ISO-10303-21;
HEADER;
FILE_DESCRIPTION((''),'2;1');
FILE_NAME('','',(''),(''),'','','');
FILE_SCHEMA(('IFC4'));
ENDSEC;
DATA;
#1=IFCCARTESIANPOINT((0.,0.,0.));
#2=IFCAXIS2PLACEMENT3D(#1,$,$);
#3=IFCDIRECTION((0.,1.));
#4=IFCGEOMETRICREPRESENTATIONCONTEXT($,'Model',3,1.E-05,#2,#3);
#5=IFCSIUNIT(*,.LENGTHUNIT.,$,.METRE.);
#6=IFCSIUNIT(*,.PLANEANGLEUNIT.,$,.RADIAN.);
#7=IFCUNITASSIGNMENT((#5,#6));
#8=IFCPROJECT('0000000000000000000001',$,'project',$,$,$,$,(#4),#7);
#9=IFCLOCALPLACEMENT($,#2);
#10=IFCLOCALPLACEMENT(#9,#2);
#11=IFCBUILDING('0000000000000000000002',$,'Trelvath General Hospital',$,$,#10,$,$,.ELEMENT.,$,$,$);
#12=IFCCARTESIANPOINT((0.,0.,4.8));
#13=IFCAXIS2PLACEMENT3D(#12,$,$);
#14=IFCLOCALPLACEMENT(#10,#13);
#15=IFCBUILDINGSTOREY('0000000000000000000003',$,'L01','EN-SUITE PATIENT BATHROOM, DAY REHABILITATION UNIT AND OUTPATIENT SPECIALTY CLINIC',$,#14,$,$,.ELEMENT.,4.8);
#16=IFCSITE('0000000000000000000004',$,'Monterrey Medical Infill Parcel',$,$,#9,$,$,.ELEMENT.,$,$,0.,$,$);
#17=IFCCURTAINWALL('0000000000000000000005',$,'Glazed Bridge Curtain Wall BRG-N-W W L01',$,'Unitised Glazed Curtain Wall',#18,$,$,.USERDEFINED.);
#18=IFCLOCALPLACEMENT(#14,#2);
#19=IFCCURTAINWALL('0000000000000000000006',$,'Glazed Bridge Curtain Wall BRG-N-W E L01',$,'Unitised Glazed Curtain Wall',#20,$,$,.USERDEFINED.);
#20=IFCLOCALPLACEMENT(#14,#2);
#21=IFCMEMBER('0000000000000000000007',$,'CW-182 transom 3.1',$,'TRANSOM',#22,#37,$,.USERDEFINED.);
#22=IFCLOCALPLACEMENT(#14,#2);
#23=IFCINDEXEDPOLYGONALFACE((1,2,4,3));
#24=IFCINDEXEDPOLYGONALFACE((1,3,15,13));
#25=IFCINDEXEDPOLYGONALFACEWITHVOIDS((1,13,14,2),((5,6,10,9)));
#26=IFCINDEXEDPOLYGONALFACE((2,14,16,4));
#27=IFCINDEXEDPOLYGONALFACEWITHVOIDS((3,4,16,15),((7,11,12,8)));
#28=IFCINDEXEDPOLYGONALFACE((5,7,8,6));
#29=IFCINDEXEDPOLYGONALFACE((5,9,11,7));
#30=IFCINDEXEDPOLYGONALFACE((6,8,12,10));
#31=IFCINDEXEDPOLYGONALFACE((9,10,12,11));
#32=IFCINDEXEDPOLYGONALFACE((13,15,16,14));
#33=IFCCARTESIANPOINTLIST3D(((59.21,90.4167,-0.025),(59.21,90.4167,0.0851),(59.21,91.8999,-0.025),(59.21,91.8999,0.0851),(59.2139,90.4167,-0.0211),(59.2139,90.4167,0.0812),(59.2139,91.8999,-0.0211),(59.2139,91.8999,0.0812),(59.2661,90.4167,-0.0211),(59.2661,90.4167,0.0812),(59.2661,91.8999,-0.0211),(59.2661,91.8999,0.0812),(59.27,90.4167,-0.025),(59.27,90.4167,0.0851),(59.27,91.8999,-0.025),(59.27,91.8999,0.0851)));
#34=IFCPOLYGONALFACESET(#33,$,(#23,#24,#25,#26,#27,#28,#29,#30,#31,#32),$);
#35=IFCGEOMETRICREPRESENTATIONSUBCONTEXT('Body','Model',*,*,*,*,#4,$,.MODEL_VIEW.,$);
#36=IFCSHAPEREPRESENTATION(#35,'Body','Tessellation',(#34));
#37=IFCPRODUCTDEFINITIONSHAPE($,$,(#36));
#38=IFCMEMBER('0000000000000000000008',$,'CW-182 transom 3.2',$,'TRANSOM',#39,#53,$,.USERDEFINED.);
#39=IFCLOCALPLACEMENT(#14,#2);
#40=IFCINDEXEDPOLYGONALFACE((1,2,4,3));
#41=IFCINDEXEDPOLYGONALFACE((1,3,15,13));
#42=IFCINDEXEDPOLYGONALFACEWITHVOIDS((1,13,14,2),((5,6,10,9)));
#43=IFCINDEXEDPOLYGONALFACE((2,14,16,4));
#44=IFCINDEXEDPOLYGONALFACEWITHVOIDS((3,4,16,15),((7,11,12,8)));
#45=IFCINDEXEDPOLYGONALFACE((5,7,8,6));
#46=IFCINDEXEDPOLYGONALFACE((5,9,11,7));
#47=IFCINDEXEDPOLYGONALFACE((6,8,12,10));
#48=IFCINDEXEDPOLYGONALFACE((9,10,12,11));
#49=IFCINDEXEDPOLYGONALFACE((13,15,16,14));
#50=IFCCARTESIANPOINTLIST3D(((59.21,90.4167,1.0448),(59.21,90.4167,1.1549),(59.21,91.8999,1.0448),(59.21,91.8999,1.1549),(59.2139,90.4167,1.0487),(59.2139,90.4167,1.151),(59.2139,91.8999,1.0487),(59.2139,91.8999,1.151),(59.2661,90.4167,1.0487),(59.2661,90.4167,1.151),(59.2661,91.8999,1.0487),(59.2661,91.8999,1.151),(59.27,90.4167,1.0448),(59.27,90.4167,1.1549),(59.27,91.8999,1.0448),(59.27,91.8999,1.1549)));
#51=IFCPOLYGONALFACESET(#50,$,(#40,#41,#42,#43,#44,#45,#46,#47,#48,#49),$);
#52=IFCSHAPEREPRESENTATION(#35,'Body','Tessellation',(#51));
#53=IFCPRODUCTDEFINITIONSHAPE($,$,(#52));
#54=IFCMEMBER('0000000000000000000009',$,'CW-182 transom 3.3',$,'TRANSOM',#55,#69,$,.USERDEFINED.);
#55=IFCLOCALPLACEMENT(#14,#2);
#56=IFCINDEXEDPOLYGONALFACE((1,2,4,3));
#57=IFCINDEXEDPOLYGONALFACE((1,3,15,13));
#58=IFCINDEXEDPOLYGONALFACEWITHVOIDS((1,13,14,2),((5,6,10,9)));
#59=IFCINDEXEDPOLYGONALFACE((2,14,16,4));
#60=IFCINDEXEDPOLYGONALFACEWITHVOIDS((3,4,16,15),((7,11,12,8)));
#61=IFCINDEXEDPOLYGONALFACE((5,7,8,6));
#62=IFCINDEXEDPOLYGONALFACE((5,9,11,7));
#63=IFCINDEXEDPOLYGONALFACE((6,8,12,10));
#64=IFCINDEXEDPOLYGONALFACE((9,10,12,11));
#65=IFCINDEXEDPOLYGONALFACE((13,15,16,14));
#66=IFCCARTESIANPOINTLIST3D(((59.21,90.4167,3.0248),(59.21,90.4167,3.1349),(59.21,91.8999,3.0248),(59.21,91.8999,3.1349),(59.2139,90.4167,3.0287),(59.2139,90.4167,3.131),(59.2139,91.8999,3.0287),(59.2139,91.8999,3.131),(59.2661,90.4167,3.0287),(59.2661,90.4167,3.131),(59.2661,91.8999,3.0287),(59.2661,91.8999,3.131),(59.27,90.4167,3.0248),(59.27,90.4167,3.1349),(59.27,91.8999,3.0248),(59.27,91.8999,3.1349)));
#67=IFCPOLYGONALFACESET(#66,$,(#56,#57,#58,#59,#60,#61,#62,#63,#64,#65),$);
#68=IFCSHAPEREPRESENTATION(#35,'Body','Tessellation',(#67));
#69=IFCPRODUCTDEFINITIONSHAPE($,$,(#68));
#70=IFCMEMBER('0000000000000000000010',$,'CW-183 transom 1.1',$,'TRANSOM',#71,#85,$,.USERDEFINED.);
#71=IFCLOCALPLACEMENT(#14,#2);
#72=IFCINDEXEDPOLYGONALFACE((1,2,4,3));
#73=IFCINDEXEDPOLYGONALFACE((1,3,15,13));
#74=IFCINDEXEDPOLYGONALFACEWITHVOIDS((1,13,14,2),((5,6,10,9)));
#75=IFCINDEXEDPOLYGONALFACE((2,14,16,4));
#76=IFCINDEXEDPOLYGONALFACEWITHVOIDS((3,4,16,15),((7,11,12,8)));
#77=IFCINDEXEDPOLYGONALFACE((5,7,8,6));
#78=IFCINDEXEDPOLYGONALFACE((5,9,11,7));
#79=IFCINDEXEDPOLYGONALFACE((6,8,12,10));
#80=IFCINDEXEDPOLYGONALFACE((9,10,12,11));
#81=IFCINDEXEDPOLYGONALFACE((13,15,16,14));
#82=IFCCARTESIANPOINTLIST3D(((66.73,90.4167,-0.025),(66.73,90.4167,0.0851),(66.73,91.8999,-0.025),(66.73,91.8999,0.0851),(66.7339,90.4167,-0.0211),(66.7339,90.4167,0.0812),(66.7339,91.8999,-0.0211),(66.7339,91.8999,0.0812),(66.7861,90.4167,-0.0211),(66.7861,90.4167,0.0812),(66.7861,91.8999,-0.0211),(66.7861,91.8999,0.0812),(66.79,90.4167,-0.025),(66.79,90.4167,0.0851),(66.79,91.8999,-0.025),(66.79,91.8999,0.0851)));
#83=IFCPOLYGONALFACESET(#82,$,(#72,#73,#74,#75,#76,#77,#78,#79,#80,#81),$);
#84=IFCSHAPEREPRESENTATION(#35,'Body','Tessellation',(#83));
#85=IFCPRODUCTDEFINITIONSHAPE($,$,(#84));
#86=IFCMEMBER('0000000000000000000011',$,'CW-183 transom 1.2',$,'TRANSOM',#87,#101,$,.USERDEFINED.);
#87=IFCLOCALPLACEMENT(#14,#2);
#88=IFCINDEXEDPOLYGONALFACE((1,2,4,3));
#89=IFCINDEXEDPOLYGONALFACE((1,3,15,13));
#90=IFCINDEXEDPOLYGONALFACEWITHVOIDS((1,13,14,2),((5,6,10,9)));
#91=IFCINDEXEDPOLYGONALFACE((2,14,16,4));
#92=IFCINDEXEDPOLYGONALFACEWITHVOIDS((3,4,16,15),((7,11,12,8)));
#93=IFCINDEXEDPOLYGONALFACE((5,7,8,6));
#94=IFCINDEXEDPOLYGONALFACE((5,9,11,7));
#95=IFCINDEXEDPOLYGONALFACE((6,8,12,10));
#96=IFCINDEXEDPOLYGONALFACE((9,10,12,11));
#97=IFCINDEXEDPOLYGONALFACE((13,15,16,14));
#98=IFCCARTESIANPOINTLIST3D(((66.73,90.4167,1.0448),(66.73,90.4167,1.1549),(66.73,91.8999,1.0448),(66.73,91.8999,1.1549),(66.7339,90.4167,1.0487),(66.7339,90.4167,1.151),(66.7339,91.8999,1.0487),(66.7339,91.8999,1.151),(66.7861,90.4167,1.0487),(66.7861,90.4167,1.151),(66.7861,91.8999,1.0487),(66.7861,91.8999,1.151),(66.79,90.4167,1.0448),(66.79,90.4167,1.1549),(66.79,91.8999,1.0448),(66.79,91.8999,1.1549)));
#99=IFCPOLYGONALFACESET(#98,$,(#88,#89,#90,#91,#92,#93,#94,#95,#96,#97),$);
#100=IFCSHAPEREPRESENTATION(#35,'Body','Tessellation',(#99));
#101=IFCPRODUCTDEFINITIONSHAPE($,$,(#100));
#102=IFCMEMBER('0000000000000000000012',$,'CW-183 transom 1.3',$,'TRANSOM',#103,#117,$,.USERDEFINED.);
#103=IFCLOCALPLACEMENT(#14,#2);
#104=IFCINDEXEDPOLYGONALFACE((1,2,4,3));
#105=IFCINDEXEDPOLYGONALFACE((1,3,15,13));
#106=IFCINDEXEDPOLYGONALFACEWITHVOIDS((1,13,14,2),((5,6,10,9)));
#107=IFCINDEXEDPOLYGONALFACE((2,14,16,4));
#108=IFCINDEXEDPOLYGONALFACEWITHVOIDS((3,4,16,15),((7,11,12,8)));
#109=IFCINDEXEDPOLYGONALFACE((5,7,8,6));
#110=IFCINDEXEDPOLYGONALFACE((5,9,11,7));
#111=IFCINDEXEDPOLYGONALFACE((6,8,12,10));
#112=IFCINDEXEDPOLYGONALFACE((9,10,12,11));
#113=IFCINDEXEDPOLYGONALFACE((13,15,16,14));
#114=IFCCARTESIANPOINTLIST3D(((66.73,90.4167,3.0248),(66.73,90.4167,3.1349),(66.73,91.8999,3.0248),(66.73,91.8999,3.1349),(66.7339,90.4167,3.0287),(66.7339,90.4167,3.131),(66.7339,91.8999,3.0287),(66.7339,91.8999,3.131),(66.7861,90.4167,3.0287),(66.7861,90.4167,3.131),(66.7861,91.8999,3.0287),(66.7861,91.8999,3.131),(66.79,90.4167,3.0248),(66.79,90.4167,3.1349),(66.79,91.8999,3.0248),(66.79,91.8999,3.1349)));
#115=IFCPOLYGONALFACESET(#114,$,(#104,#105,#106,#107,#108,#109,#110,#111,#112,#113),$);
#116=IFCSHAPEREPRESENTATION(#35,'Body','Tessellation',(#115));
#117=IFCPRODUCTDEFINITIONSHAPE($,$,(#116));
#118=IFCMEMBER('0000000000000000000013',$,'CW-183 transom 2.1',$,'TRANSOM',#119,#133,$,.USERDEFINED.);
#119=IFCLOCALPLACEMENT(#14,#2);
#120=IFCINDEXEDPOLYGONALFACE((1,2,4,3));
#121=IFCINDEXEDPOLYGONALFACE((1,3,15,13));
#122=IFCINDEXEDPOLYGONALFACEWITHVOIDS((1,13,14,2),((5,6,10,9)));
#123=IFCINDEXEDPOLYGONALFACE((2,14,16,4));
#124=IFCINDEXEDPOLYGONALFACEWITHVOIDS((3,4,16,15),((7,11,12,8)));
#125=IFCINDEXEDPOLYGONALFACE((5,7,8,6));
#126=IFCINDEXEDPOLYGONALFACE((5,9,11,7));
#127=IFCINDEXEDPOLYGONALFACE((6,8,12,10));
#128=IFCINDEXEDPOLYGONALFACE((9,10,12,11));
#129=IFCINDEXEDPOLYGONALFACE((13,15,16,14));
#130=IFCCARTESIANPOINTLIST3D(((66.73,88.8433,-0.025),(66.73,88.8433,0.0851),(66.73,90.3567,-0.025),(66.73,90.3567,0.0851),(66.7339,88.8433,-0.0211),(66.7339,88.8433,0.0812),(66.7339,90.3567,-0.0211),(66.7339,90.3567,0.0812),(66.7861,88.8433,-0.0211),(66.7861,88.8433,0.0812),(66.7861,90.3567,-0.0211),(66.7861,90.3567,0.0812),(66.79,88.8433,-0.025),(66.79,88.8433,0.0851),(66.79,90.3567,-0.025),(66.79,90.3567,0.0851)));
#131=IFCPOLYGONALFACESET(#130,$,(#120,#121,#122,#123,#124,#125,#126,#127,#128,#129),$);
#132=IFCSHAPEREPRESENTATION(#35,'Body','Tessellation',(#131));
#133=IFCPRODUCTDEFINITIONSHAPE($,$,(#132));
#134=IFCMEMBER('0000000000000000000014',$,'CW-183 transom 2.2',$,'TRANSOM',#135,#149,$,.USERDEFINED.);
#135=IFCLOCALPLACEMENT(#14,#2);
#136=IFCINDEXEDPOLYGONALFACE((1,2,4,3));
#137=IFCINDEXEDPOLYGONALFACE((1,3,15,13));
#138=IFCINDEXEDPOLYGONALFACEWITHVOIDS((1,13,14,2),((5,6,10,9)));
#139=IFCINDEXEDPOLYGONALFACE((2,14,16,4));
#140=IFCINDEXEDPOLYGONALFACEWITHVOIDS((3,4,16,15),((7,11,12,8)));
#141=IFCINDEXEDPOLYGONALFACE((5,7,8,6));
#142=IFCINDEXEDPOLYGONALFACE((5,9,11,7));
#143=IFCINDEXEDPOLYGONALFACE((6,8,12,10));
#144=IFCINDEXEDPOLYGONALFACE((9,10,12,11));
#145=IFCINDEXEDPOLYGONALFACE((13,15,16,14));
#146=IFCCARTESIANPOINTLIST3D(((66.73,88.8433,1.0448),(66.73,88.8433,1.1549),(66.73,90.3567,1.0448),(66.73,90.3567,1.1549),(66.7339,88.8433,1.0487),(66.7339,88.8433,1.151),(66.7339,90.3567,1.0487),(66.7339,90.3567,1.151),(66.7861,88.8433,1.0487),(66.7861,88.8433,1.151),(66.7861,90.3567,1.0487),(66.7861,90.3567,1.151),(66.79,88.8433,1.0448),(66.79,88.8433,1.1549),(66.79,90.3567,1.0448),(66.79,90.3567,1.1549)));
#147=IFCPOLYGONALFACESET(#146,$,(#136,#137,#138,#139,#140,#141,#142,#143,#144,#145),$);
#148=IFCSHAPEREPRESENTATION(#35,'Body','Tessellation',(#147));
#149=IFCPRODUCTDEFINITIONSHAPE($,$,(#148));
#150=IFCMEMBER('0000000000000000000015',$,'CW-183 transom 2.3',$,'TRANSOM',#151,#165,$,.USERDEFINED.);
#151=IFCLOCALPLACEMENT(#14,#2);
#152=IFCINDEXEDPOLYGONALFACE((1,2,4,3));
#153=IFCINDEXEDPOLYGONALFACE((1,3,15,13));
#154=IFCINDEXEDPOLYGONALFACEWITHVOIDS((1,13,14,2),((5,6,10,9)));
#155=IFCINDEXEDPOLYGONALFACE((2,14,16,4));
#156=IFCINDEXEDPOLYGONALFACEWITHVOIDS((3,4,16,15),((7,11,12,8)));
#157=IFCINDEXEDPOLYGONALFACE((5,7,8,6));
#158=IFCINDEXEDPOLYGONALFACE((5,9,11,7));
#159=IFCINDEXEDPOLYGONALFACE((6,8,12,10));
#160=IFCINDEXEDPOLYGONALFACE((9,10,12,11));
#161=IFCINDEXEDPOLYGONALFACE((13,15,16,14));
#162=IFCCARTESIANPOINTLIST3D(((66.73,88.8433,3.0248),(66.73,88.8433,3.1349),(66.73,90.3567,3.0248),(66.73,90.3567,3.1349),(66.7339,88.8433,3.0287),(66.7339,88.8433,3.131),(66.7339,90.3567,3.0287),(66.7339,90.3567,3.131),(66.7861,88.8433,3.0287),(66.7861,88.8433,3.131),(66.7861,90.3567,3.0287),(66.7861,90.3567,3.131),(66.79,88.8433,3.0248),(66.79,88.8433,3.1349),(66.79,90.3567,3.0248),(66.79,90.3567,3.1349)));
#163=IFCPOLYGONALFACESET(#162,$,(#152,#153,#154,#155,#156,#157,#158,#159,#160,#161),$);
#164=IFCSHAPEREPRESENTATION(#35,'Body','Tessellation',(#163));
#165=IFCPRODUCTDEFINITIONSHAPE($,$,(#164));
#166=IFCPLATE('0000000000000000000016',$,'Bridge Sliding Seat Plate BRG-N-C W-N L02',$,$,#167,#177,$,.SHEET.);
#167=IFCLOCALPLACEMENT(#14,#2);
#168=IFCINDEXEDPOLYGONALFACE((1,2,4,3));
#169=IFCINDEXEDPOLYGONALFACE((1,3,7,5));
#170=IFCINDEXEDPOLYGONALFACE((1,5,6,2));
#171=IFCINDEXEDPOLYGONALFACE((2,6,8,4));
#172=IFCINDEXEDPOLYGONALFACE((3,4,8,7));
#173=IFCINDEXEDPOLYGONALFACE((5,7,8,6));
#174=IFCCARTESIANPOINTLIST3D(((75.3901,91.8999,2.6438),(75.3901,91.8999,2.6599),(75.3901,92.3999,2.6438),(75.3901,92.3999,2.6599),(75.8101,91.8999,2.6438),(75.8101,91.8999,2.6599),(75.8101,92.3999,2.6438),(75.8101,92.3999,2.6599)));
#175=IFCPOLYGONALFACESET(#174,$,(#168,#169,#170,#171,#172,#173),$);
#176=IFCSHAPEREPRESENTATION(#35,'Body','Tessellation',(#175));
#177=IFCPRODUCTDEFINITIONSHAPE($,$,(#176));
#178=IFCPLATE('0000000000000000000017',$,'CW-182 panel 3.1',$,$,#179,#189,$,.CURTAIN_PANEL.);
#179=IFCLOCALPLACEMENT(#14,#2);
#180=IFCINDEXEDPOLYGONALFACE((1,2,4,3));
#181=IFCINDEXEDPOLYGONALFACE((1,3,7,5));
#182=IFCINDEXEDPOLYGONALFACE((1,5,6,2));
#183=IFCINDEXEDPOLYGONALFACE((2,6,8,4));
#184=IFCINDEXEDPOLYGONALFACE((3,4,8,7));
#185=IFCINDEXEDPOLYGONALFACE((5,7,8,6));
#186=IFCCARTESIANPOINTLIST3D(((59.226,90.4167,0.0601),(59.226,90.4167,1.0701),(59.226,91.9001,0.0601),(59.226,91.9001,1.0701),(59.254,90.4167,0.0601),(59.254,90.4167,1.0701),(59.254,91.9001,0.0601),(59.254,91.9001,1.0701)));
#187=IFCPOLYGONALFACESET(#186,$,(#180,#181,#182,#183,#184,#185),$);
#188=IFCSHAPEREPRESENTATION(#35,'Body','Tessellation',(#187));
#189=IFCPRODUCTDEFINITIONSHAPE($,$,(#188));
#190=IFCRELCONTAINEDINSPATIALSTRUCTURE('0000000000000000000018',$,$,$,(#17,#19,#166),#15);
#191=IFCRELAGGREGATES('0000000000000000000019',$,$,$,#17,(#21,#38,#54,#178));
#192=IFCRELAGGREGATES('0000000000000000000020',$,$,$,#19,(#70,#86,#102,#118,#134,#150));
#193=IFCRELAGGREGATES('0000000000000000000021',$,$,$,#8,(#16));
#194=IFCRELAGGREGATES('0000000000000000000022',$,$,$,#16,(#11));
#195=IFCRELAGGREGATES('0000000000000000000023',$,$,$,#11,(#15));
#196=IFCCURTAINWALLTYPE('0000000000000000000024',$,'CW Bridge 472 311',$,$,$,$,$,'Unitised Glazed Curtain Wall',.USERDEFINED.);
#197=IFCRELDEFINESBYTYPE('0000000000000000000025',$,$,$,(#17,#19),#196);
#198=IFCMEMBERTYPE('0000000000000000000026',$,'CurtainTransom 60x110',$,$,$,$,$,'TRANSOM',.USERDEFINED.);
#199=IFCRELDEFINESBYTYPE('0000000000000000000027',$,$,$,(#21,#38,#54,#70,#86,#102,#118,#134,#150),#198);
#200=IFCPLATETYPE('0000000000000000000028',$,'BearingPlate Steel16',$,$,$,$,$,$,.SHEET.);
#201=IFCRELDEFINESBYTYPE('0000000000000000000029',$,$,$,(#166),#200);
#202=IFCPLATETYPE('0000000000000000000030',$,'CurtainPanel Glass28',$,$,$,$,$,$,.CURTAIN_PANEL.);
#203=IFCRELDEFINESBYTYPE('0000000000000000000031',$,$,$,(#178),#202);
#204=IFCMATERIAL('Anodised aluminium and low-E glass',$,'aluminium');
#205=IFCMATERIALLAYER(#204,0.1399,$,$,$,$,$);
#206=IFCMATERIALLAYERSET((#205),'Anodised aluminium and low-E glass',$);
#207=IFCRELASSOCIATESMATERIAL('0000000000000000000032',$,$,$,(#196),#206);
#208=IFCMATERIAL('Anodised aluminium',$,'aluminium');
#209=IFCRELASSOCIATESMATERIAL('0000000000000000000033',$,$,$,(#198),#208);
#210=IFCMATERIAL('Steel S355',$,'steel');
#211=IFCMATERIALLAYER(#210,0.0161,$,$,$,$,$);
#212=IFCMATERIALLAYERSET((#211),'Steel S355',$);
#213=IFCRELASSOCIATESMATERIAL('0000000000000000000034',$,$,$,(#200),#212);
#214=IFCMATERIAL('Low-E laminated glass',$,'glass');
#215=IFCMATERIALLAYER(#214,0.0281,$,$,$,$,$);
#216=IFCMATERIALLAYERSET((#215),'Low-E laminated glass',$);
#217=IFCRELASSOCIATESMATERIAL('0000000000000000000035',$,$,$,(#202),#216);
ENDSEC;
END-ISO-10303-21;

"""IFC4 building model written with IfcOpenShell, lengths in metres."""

from ifc_helpers import new_model, si_unit, direction, frame, origin, origin_2d, place, context, subcontext, project, spatial, rectangle, hollow_rectangle, extrude, material, layer, layer_set, material_profile, profile_set, type_object, element, aggregate, save


model = new_model("IFC4")

# Units and contexts
model_context = context("Model", 3, precision=1e-05, world=origin(), true_north=direction((0.0, 1.0)))
body_context = subcontext(model_context, "Body", "Model", "MODEL_VIEW")
ifc_project = project(units=[si_unit("LENGTHUNIT", "METRE"), si_unit("PLANEANGLEUNIT", "RADIAN")], contexts=[model_context])

# Site, building, storey
site_placement = place(None, origin())
site = spatial("IfcSite", under=ifc_project, at=site_placement, Name="Monterrey Medical Infill Parcel", CompositionType="ELEMENT", RefElevation=0.0)
building_placement = place(site_placement, origin())
building = spatial("IfcBuilding", under=site, at=building_placement, Name="Trelvath General Hospital", CompositionType="ELEMENT")
storey_placement = place(building_placement, frame((0.0, 0.0, 4.8)))
storey = spatial("IfcBuildingStorey", under=building, at=storey_placement, Name="L01", Description="EN-SUITE PATIENT BATHROOM, DAY REHABILITATION UNIT AND OUTPATIENT SPECIALTY CLINIC", CompositionType="ELEMENT", Elevation=4.8)

# Curtain walls
ifc_material_1 = material(Name="Anodised aluminium and low-E glass", Category="aluminium")
ifc_layer_1 = layer(ifc_material_1, 0.1399)
ifc_layer_set_1 = layer_set([ifc_layer_1], Name="Anodised aluminium and low-E glass")
curtain_wall_type = type_object("IfcCurtainWallType", Name="CW Bridge 472 311", ElementType="Unitised Glazed Curtain Wall", PredefinedType="USERDEFINED", material=ifc_layer_set_1)
curtain_wall_1_placement = place(storey_placement, origin())
curtain_wall_1 = element("IfcCurtainWall", 1, at=curtain_wall_1_placement, inside=storey, type_object=curtain_wall_type, Name="Glazed Bridge Curtain Wall BRG-N-W W L01", ObjectType="Unitised Glazed Curtain Wall", PredefinedType="USERDEFINED")
curtain_wall_2_placement = place(storey_placement, origin())
curtain_wall_2 = element("IfcCurtainWall", 2, at=curtain_wall_2_placement, inside=storey, type_object=curtain_wall_type, Name="Glazed Bridge Curtain Wall BRG-N-W E L01", ObjectType="Unitised Glazed Curtain Wall", PredefinedType="USERDEFINED")

# Members
ifc_material_2 = material(Name="Anodised aluminium", Category="aluminium")
ifc_material_profile_1 = material_profile(ifc_material_2, hollow_rectangle(XDim=0.0601, YDim=0.1101, WallThickness=0.0039, at=origin_2d()), Name="RHS60x110x4")
ifc_profile_set_1 = profile_set([ifc_material_profile_1], Name="Anodised aluminium")
member_type_1 = type_object("IfcMemberType", Name="CurtainTransom 60x110", ElementType="TRANSOM", PredefinedType="USERDEFINED", material=ifc_profile_set_1)
member_1_placement = place(storey_placement, frame((59.24, 90.4167, 0.03), z_axis=(0.0, 1.0, 0.0), x_axis=(-1.0, 0.0, 0.0)))
member_1 = element("IfcMember", 3, at=member_1_placement, type_object=member_type_1, Name="CW-182 transom 3.1", ObjectType="TRANSOM", PredefinedType="USERDEFINED", context=body_context, shape_type="SweptSolid", body=[
    extrude(hollow_rectangle(XDim=0.0601, YDim=0.1101, WallThickness=0.0039, at=origin_2d()), origin(), (0.0, 0.0, 1.0), 1.4832),
])
member_2_placement = place(storey_placement, frame((59.24, 90.4167, 1.0999), z_axis=(0.0, 1.0, 0.0), x_axis=(-1.0, 0.0, 0.0)))
member_2 = element("IfcMember", 4, at=member_2_placement, type_object=member_type_1, Name="CW-182 transom 3.2", ObjectType="TRANSOM", PredefinedType="USERDEFINED", context=body_context, shape_type="SweptSolid", body=[
    extrude(hollow_rectangle(XDim=0.0601, YDim=0.1101, WallThickness=0.0039, at=origin_2d()), origin(), (0.0, 0.0, 1.0), 1.4832),
])
member_3_placement = place(storey_placement, frame((59.24, 90.4167, 3.0798), z_axis=(0.0, 1.0, 0.0), x_axis=(-1.0, 0.0, 0.0)))
member_3 = element("IfcMember", 5, at=member_3_placement, type_object=member_type_1, Name="CW-182 transom 3.3", ObjectType="TRANSOM", PredefinedType="USERDEFINED", context=body_context, shape_type="SweptSolid", body=[
    extrude(hollow_rectangle(XDim=0.0601, YDim=0.1101, WallThickness=0.0039, at=origin_2d()), origin(), (0.0, 0.0, 1.0), 1.4832),
])
member_4_placement = place(storey_placement, frame((66.76, 91.8999, 0.03), z_axis=(0.0, -1.0, 0.0), x_axis=(1.0, 0.0, 0.0)))
member_4 = element("IfcMember", 6, at=member_4_placement, type_object=member_type_1, Name="CW-183 transom 1.1", ObjectType="TRANSOM", PredefinedType="USERDEFINED", context=body_context, shape_type="SweptSolid", body=[
    extrude(hollow_rectangle(XDim=0.0601, YDim=0.1101, WallThickness=0.0039, at=origin_2d()), origin(), (0.0, 0.0, 1.0), 1.4832),
])
member_5_placement = place(storey_placement, frame((66.76, 91.8999, 1.0999), z_axis=(0.0, -1.0, 0.0), x_axis=(1.0, 0.0, 0.0)))
member_5 = element("IfcMember", 7, at=member_5_placement, type_object=member_type_1, Name="CW-183 transom 1.2", ObjectType="TRANSOM", PredefinedType="USERDEFINED", context=body_context, shape_type="SweptSolid", body=[
    extrude(hollow_rectangle(XDim=0.0601, YDim=0.1101, WallThickness=0.0039, at=origin_2d()), origin(), (0.0, 0.0, 1.0), 1.4832),
])
member_6_placement = place(storey_placement, frame((66.76, 91.8999, 3.0798), z_axis=(0.0, -1.0, 0.0), x_axis=(1.0, 0.0, 0.0)))
member_6 = element("IfcMember", 8, at=member_6_placement, type_object=member_type_1, Name="CW-183 transom 1.3", ObjectType="TRANSOM", PredefinedType="USERDEFINED", context=body_context, shape_type="SweptSolid", body=[
    extrude(hollow_rectangle(XDim=0.0601, YDim=0.1101, WallThickness=0.0039, at=origin_2d()), origin(), (0.0, 0.0, 1.0), 1.4832),
])
member_7_placement = place(storey_placement, frame((66.76, 90.3567, 0.03), z_axis=(0.0, -1.0, 0.0), x_axis=(1.0, 0.0, 0.0)))
member_7 = element("IfcMember", 9, at=member_7_placement, type_object=member_type_1, Name="CW-183 transom 2.1", ObjectType="TRANSOM", PredefinedType="USERDEFINED", context=body_context, shape_type="SweptSolid", body=[
    extrude(hollow_rectangle(XDim=0.0601, YDim=0.1101, WallThickness=0.0039, at=origin_2d()), origin(), (0.0, 0.0, 1.0), 1.5134),
])
member_8_placement = place(storey_placement, frame((66.76, 90.3567, 1.0999), z_axis=(0.0, -1.0, 0.0), x_axis=(1.0, 0.0, 0.0)))
member_8 = element("IfcMember", 10, at=member_8_placement, type_object=member_type_1, Name="CW-183 transom 2.2", ObjectType="TRANSOM", PredefinedType="USERDEFINED", context=body_context, shape_type="SweptSolid", body=[
    extrude(hollow_rectangle(XDim=0.0601, YDim=0.1101, WallThickness=0.0039, at=origin_2d()), origin(), (0.0, 0.0, 1.0), 1.5134),
])
member_9_placement = place(storey_placement, frame((66.76, 90.3567, 3.0798), z_axis=(0.0, -1.0, 0.0), x_axis=(1.0, 0.0, 0.0)))
member_9 = element("IfcMember", 11, at=member_9_placement, type_object=member_type_1, Name="CW-183 transom 2.3", ObjectType="TRANSOM", PredefinedType="USERDEFINED", context=body_context, shape_type="SweptSolid", body=[
    extrude(hollow_rectangle(XDim=0.0601, YDim=0.1101, WallThickness=0.0039, at=origin_2d()), origin(), (0.0, 0.0, 1.0), 1.5134),
])

# Plates
ifc_material_3 = material(Name="Steel S355", Category="steel")
ifc_layer_2 = layer(ifc_material_3, 0.0161)
ifc_layer_set_2 = layer_set([ifc_layer_2], Name="Steel S355")
plate_type_1 = type_object("IfcPlateType", Name="BearingPlate Steel16", PredefinedType="SHEET", material=ifc_layer_set_2)
plate_1_placement = place(storey_placement, frame((75.6001, 92.1499, 2.6438), z_axis=(0.0, 0.0, 1.0), x_axis=(1.0, 0.0, 0.0)))
element("IfcPlate", 12, at=plate_1_placement, inside=storey, type_object=plate_type_1, Name="Bridge Sliding Seat Plate BRG-N-C W-N L02", PredefinedType="SHEET", context=body_context, shape_type="SweptSolid", body=[
    extrude(rectangle(XDim=0.4199, YDim=0.5, at=origin_2d()), origin(), (0.0, 0.0, 1.0), 0.0161),
])
ifc_material_4 = material(Name="Low-E laminated glass", Category="glass")
ifc_layer_3 = layer(ifc_material_4, 0.0281)
ifc_layer_set_3 = layer_set([ifc_layer_3], Name="Low-E laminated glass")
plate_type_2 = type_object("IfcPlateType", Name="CurtainPanel Glass28", PredefinedType="CURTAIN_PANEL", material=ifc_layer_set_3)
plate_2_placement = place(storey_placement, frame((59.24, 91.1584, 0.0601), z_axis=(0.0, 0.0, 1.0), x_axis=(0.0, 1.0, 0.0)))
plate_2 = element("IfcPlate", 13, at=plate_2_placement, type_object=plate_type_2, Name="CW-182 panel 3.1", PredefinedType="CURTAIN_PANEL", context=body_context, shape_type="SweptSolid", body=[
    extrude(rectangle(XDim=1.4834, YDim=0.0281, at=origin_2d()), origin(), (0.0, 0.0, 1.0), 1.01),
])
aggregate(curtain_wall_1, [member_1, member_2, member_3, plate_2])
aggregate(curtain_wall_2, [member_4, member_5, member_6, member_7, member_8, member_9])

save(model, "model.ifc")
